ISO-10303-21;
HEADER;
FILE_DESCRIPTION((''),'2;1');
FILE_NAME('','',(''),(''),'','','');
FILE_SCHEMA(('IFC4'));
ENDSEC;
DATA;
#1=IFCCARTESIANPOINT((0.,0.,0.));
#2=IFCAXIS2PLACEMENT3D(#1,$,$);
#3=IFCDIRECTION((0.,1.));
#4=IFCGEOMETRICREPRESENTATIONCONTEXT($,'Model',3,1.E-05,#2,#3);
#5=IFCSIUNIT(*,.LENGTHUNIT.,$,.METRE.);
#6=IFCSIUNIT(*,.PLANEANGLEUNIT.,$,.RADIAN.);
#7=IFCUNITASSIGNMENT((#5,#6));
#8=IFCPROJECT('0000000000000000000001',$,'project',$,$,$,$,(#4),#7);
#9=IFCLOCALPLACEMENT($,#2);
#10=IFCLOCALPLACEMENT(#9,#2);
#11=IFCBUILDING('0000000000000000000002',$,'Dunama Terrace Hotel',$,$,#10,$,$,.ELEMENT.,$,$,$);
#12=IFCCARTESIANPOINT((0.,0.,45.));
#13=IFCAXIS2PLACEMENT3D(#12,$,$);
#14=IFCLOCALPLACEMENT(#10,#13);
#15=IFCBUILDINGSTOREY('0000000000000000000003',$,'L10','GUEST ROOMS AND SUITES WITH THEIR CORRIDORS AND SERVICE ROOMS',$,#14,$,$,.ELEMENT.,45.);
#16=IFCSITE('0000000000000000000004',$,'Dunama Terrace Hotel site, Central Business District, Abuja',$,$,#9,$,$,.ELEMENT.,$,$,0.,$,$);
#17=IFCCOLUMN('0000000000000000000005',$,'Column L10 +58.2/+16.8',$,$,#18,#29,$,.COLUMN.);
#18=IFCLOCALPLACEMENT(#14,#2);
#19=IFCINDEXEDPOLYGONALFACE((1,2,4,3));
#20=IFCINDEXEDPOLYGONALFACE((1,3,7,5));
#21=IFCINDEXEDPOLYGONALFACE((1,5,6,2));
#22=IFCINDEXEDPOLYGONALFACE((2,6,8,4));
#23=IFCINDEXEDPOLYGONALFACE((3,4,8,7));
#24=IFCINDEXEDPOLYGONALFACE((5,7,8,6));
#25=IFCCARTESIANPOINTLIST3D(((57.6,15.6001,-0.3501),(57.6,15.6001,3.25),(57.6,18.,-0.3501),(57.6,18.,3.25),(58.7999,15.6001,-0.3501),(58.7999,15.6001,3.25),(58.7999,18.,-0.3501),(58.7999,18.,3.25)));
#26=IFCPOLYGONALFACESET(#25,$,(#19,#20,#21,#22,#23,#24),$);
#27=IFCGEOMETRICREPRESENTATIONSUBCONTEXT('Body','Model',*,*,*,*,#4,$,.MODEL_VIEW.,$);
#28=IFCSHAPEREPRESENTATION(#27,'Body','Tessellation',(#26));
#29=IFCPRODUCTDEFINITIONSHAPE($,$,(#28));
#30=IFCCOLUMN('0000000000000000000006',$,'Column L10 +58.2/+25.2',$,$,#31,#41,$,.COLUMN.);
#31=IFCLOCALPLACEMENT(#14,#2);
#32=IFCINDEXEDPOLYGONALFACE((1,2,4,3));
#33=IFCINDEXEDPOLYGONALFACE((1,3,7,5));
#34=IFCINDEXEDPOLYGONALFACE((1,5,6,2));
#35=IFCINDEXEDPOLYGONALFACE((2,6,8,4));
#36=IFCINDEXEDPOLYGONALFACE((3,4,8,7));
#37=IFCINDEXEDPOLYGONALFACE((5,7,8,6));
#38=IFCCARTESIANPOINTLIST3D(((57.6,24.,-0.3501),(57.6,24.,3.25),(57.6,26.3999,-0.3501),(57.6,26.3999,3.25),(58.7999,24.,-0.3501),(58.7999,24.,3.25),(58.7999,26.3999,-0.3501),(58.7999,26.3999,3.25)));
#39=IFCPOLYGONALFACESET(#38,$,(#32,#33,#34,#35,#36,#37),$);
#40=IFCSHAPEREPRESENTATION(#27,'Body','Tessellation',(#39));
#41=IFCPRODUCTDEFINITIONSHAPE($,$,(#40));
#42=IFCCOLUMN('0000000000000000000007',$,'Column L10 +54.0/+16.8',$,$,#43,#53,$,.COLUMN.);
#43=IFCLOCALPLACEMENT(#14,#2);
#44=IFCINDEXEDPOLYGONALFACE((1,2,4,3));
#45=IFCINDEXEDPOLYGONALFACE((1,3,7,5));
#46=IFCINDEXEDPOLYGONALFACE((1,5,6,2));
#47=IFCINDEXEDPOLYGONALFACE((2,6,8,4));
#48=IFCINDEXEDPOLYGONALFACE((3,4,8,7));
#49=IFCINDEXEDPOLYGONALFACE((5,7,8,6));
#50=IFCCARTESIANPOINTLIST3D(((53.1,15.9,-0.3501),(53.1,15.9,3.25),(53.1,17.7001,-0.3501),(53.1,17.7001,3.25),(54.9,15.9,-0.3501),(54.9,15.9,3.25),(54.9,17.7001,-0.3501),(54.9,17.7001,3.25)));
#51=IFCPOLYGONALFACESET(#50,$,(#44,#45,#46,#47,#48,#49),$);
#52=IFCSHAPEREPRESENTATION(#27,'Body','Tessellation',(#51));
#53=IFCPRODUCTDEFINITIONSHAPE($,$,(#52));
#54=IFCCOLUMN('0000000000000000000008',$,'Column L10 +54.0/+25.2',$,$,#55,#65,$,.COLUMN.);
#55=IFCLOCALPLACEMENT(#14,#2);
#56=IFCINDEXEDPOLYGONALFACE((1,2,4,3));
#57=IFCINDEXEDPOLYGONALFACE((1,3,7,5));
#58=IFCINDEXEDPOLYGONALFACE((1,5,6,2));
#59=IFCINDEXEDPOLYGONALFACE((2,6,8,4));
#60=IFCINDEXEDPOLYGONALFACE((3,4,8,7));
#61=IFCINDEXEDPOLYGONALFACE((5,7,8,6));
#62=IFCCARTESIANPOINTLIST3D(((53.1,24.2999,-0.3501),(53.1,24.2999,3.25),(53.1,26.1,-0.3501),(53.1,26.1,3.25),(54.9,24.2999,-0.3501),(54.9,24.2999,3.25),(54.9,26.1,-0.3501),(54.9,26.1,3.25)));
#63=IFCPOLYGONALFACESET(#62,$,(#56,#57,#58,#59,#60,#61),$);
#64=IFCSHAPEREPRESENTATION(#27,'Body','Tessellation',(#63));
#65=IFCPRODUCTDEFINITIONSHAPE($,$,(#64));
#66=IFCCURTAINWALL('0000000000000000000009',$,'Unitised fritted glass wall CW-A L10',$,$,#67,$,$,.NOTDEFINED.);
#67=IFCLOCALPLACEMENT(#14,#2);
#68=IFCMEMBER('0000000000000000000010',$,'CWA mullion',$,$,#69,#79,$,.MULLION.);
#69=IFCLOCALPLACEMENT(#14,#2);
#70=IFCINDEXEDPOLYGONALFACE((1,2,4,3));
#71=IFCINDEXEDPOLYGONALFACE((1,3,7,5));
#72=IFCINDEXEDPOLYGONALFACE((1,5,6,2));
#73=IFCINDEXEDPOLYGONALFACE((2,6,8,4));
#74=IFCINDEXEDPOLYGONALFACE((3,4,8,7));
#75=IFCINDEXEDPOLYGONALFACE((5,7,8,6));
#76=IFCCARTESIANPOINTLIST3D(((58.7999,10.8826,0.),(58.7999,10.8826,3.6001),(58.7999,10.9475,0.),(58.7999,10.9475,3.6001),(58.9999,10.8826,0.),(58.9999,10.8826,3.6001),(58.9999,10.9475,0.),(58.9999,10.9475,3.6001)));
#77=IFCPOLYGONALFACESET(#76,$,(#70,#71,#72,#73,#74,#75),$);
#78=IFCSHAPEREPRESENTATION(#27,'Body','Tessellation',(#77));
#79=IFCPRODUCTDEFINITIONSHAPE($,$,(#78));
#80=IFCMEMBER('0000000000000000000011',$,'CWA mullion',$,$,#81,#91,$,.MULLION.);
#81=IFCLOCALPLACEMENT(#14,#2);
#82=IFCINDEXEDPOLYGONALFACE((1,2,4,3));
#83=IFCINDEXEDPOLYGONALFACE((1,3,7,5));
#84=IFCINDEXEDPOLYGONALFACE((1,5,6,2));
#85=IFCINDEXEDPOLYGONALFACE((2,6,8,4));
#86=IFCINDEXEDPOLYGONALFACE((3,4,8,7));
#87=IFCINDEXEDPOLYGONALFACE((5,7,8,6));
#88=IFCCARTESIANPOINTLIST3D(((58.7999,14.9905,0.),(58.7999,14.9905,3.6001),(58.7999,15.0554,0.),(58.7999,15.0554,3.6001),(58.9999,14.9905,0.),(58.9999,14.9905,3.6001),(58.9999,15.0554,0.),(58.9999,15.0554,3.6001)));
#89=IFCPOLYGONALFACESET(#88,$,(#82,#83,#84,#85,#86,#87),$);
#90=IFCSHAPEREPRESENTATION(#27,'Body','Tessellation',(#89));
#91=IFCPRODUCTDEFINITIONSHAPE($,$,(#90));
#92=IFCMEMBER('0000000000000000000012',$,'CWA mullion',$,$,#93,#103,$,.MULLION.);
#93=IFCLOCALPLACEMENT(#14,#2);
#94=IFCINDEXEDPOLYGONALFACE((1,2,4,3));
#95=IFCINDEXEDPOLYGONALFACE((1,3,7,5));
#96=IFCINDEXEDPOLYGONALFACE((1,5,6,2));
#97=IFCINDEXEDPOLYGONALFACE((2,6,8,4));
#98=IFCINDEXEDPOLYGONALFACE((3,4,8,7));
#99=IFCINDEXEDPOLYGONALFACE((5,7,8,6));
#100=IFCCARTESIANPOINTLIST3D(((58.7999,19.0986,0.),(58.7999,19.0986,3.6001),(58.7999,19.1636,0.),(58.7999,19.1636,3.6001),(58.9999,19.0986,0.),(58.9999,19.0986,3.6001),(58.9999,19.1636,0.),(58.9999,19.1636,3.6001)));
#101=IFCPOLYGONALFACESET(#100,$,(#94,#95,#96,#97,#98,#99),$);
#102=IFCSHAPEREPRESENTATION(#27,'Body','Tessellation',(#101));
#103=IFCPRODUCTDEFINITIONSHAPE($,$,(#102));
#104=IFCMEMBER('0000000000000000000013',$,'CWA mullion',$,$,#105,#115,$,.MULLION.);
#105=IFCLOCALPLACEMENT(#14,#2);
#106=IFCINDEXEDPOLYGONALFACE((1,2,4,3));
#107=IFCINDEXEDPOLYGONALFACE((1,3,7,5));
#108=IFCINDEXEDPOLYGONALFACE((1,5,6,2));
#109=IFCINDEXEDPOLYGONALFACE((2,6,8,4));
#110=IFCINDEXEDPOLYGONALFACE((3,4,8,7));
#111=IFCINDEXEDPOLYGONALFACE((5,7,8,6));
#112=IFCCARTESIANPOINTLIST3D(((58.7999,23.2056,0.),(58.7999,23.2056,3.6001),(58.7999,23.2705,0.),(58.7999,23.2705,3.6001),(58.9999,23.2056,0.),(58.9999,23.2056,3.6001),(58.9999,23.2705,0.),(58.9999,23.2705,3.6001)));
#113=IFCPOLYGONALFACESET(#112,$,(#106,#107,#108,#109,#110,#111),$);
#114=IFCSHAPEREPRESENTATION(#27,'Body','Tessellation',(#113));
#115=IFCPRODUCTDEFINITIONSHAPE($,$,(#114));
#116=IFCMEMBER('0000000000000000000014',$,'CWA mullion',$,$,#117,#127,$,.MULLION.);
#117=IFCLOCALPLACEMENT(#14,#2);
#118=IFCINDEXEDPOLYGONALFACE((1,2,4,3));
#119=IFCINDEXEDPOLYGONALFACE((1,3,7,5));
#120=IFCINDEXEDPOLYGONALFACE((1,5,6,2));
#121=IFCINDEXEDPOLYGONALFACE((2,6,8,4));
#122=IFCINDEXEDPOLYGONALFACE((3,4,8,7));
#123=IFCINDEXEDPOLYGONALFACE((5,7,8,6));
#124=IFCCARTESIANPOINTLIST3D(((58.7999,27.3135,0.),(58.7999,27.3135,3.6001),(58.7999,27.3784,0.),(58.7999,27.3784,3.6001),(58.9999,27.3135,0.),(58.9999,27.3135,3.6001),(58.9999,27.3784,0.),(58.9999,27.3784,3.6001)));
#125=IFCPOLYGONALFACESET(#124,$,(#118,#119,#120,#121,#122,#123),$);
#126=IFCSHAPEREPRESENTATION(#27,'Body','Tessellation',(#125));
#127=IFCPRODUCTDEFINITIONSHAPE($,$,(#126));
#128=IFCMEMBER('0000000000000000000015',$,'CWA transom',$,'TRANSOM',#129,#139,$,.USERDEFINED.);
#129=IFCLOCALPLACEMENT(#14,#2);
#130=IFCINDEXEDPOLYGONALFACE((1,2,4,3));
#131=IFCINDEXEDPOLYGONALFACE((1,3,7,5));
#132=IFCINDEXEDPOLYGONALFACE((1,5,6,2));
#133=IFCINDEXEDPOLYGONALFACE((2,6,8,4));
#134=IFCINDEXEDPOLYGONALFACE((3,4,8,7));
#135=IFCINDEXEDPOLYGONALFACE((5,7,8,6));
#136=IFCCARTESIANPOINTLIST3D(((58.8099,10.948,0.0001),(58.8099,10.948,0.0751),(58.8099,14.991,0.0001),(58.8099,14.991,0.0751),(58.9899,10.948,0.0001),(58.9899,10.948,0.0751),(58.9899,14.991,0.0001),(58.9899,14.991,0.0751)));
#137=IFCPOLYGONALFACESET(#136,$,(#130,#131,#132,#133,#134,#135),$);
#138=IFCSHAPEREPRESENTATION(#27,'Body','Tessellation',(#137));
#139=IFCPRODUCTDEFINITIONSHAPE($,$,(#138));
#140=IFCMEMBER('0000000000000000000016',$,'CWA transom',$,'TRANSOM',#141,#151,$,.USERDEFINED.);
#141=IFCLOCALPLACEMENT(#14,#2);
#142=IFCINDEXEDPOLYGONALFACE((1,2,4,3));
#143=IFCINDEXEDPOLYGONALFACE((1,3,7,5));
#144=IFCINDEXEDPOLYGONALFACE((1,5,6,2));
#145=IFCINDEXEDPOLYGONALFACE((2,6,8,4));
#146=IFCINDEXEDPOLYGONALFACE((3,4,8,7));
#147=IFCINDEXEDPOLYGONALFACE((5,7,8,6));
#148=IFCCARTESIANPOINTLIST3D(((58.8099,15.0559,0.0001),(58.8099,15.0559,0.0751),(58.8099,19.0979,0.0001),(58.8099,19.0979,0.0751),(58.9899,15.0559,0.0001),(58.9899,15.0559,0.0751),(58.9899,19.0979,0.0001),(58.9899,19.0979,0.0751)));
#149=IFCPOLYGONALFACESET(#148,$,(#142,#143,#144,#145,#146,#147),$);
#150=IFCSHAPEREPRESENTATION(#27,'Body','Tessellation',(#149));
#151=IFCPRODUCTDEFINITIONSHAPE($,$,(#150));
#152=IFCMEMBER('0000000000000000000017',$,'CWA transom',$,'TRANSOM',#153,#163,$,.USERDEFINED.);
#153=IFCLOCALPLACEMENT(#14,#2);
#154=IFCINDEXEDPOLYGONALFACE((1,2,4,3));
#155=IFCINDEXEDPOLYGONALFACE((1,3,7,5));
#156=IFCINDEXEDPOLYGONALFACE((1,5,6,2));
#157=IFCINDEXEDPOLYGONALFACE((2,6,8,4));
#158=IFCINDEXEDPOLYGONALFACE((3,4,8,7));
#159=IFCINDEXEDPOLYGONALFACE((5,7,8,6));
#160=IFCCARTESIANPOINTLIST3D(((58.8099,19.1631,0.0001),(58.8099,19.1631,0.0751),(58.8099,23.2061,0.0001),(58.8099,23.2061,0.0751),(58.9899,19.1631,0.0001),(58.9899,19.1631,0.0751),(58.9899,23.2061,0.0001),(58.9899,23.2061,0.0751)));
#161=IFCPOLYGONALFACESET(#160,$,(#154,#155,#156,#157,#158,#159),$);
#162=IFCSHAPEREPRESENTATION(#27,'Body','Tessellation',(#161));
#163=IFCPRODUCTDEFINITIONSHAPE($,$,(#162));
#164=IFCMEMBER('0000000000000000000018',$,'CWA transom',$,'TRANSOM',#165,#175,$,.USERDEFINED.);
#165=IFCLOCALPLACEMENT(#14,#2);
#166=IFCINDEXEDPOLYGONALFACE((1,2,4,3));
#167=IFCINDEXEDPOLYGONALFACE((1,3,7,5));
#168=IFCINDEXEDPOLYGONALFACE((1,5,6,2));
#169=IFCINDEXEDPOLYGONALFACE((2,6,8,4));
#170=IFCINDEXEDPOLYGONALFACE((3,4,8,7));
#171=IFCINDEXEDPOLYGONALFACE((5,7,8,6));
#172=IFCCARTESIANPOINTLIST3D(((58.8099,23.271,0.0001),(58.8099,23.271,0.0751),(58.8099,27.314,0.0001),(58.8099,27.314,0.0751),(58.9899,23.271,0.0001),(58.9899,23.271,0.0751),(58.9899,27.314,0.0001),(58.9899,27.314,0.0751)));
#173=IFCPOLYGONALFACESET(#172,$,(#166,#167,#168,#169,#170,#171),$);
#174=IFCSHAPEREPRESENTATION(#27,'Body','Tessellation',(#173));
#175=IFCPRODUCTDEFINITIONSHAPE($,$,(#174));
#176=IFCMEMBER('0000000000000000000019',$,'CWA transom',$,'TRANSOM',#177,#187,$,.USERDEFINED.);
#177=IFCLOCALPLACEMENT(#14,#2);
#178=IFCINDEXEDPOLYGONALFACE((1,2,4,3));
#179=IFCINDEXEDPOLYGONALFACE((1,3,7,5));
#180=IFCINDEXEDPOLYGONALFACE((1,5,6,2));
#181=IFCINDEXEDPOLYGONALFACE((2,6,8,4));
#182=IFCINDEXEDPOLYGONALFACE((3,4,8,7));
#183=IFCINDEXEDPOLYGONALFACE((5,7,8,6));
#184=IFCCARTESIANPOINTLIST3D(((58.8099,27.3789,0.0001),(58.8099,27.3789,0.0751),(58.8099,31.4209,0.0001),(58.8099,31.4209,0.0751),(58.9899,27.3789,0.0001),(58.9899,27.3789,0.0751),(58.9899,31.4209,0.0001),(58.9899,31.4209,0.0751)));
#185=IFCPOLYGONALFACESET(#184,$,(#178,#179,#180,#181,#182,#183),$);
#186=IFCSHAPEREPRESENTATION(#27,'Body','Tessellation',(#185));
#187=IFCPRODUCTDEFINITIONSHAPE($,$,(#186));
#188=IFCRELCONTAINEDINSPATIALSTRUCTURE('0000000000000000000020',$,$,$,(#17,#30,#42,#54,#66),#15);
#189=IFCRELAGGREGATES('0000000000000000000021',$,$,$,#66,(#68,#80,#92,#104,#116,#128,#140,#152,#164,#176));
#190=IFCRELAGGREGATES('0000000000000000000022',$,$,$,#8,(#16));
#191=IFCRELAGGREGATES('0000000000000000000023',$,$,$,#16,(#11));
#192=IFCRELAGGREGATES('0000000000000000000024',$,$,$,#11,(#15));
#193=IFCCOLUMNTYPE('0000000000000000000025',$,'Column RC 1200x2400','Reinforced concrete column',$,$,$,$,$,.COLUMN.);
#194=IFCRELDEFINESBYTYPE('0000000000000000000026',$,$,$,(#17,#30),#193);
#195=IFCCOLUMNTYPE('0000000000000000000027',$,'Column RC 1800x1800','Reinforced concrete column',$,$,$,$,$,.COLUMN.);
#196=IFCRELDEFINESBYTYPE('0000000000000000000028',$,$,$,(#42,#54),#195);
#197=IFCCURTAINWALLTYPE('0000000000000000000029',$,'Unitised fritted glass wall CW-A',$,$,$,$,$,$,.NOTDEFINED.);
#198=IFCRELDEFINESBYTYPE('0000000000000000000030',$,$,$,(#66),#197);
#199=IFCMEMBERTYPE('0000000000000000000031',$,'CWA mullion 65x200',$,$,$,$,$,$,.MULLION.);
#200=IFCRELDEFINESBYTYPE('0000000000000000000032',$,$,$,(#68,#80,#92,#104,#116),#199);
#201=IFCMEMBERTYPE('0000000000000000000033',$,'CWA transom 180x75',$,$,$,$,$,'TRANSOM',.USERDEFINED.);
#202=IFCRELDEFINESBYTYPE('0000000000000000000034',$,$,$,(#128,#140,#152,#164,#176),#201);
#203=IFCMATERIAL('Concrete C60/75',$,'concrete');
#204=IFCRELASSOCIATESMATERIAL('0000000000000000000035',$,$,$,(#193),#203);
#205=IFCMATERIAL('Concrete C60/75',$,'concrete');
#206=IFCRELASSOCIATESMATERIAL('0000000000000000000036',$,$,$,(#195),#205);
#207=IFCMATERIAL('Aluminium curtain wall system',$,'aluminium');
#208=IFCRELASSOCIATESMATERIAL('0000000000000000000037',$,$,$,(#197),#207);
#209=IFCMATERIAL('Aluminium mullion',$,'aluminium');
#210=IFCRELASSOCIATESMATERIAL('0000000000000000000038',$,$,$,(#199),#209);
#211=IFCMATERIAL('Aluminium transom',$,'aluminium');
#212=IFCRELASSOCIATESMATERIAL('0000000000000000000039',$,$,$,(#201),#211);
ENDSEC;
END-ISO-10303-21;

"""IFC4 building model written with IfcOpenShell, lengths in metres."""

from ifc_helpers import new_model, si_unit, direction, frame, origin, origin_2d, place, context, subcontext, project, spatial, rectangle, extrude, material, material_profile, profile_set, type_object, element, aggregate, save


model = new_model("IFC4")

# Units and contexts
model_context = context("Model", 3, precision=1e-05, world=origin(), true_north=direction((0.0, 1.0)))
body_context = subcontext(model_context, "Body", "Model", "MODEL_VIEW")
ifc_project = project(units=[si_unit("LENGTHUNIT", "METRE"), si_unit("PLANEANGLEUNIT", "RADIAN")], contexts=[model_context])

# Site, building, storey
site_placement = place(None, origin())
site = spatial("IfcSite", under=ifc_project, at=site_placement, Name="Dunama Terrace Hotel site, Central Business District, Abuja", CompositionType="ELEMENT", RefElevation=0.0)
building_placement = place(site_placement, origin())
building = spatial("IfcBuilding", under=site, at=building_placement, Name="Dunama Terrace Hotel", CompositionType="ELEMENT")
storey_placement = place(building_placement, frame((0.0, 0.0, 45.0)))
storey = spatial("IfcBuildingStorey", under=building, at=storey_placement, Name="L10", Description="GUEST ROOMS AND SUITES WITH THEIR CORRIDORS AND SERVICE ROOMS", CompositionType="ELEMENT", Elevation=45.0)

# Columns
ifc_material_1 = material(Name="Concrete C60/75", Category="concrete")
ifc_material_profile_1 = material_profile(ifc_material_1, rectangle(XDim=1.2, YDim=2.3999, at=origin_2d()), Name="RC 1200x2400")
ifc_profile_set_1 = profile_set([ifc_material_profile_1], Name="Concrete C60/75")
column_type_1 = type_object("IfcColumnType", Name="Column RC 1200x2400", Description="Reinforced concrete column", PredefinedType="COLUMN", material=ifc_profile_set_1)
for number, where, z_axis, x_axis, name in (
    (1, (58.2, 16.8, -0.3501), (0.0, 0.0, 1.0), (1.0, 0.0, 0.0), "Column L10 +58.2/+16.8"),
    (2, (58.2, 25.2, -0.3501), (0.0, 0.0, 1.0), (1.0, 0.0, 0.0), "Column L10 +58.2/+25.2"),
):
    element("IfcColumn", number, at=place(storey_placement, frame(where, z_axis=z_axis, x_axis=x_axis)), inside=storey, type_object=column_type_1, Name=name, PredefinedType="COLUMN", context=body_context, shape_type="SweptSolid", body=[
        extrude(rectangle(XDim=1.2, YDim=2.3999, at=origin_2d()), origin(), (0.0, 0.0, 1.0), 3.6001),
    ])
ifc_material_2 = material(Name="Concrete C60/75", Category="concrete")
ifc_material_profile_2 = material_profile(ifc_material_2, rectangle(XDim=1.8, YDim=1.8, at=origin_2d()), Name="RC 1800x1800")
ifc_profile_set_2 = profile_set([ifc_material_profile_2], Name="Concrete C60/75")
column_type_2 = type_object("IfcColumnType", Name="Column RC 1800x1800", Description="Reinforced concrete column", PredefinedType="COLUMN", material=ifc_profile_set_2)
for number, where, z_axis, x_axis, name in (
    (3, (54.0, 16.8, -0.3501), (0.0, 0.0, 1.0), (1.0, 0.0, 0.0), "Column L10 +54.0/+16.8"),
    (4, (54.0, 25.2, -0.3501), (0.0, 0.0, 1.0), (1.0, 0.0, 0.0), "Column L10 +54.0/+25.2"),
):
    element("IfcColumn", number, at=place(storey_placement, frame(where, z_axis=z_axis, x_axis=x_axis)), inside=storey, type_object=column_type_2, Name=name, PredefinedType="COLUMN", context=body_context, shape_type="SweptSolid", body=[
        extrude(rectangle(XDim=1.8, YDim=1.8, at=origin_2d()), origin(), (0.0, 0.0, 1.0), 3.6001),
    ])

# Curtain wall, members
ifc_material_3 = material(Name="Aluminium curtain wall system", Category="aluminium")
curtain_wall_type = type_object("IfcCurtainWallType", Name="Unitised fritted glass wall CW-A", PredefinedType="NOTDEFINED", material=ifc_material_3)
curtain_wall_placement = place(storey_placement, origin())
curtain_wall = element("IfcCurtainWall", 5, at=curtain_wall_placement, inside=storey, type_object=curtain_wall_type, Name="Unitised fritted glass wall CW-A L10", PredefinedType="NOTDEFINED")
ifc_material_4 = material(Name="Aluminium mullion", Category="aluminium")
ifc_material_profile_3 = material_profile(ifc_material_4, rectangle(XDim=0.0649, YDim=0.2, at=origin_2d()), Name="CWA MULLION 65X200")
ifc_profile_set_3 = profile_set([ifc_material_profile_3], Name="Aluminium mullion")
member_type_1 = type_object("IfcMemberType", Name="CWA mullion 65x200", PredefinedType="MULLION", material=ifc_profile_set_3)
member_1_placement = place(storey_placement, frame((58.8999, 10.915, 0.0), z_axis=(0.0, 0.0, 1.0), x_axis=(0.0, 1.0, 0.0)))
member_1 = element("IfcMember", 6, at=member_1_placement, type_object=member_type_1, Name="CWA mullion", PredefinedType="MULLION", context=body_context, shape_type="SweptSolid", body=[
    extrude(rectangle(XDim=0.0649, YDim=0.2, at=origin_2d()), origin(), (0.0, 0.0, 1.0), 3.6001),
])
member_2_placement = place(storey_placement, frame((58.8999, 15.0229, 0.0), z_axis=(0.0, 0.0, 1.0), x_axis=(0.0, 1.0, 0.0)))
member_2 = element("IfcMember", 7, at=member_2_placement, type_object=member_type_1, Name="CWA mullion", PredefinedType="MULLION", context=body_context, shape_type="SweptSolid", body=[
    extrude(rectangle(XDim=0.0649, YDim=0.2, at=origin_2d()), origin(), (0.0, 0.0, 1.0), 3.6001),
])
member_3_placement = place(storey_placement, frame((58.8999, 19.1311, 0.0), z_axis=(0.0, 0.0, 1.0), x_axis=(0.0, 1.0, 0.0)))
member_3 = element("IfcMember", 8, at=member_3_placement, type_object=member_type_1, Name="CWA mullion", PredefinedType="MULLION", context=body_context, shape_type="SweptSolid", body=[
    extrude(rectangle(XDim=0.0649, YDim=0.2, at=origin_2d()), origin(), (0.0, 0.0, 1.0), 3.6001),
])
member_4_placement = place(storey_placement, frame((58.8999, 23.238, 0.0), z_axis=(0.0, 0.0, 1.0), x_axis=(0.0, 1.0, 0.0)))
member_4 = element("IfcMember", 9, at=member_4_placement, type_object=member_type_1, Name="CWA mullion", PredefinedType="MULLION", context=body_context, shape_type="SweptSolid", body=[
    extrude(rectangle(XDim=0.0649, YDim=0.2, at=origin_2d()), origin(), (0.0, 0.0, 1.0), 3.6001),
])
member_5_placement = place(storey_placement, frame((58.8999, 27.3459, 0.0), z_axis=(0.0, 0.0, 1.0), x_axis=(0.0, 1.0, 0.0)))
member_5 = element("IfcMember", 10, at=member_5_placement, type_object=member_type_1, Name="CWA mullion", PredefinedType="MULLION", context=body_context, shape_type="SweptSolid", body=[
    extrude(rectangle(XDim=0.0649, YDim=0.2, at=origin_2d()), origin(), (0.0, 0.0, 1.0), 3.6001),
])
ifc_material_5 = material(Name="Aluminium transom", Category="aluminium")
ifc_material_profile_4 = material_profile(ifc_material_5, rectangle(XDim=0.1799, YDim=0.075, at=origin_2d()), Name="CWA TRANSOM 180X75")
ifc_profile_set_4 = profile_set([ifc_material_profile_4], Name="Aluminium transom")
member_type_2 = type_object("IfcMemberType", Name="CWA transom 180x75", ElementType="TRANSOM", PredefinedType="USERDEFINED", material=ifc_profile_set_4)
member_6_placement = place(storey_placement, frame((58.8999, 10.948, 0.0376), z_axis=(0.0, 1.0, 0.0), x_axis=(-1.0, 0.0, 0.0)))
member_6 = element("IfcMember", 11, at=member_6_placement, type_object=member_type_2, Name="CWA transom", ObjectType="TRANSOM", PredefinedType="USERDEFINED", context=body_context, shape_type="SweptSolid", body=[
    extrude(rectangle(XDim=0.1799, YDim=0.075, at=origin_2d()), origin(), (0.0, 0.0, 1.0), 4.043),
])
member_7_placement = place(storey_placement, frame((58.8999, 15.0559, 0.0376), z_axis=(0.0, 1.0, 0.0), x_axis=(-1.0, 0.0, 0.0)))
member_7 = element("IfcMember", 12, at=member_7_placement, type_object=member_type_2, Name="CWA transom", ObjectType="TRANSOM", PredefinedType="USERDEFINED", context=body_context, shape_type="SweptSolid", body=[
    extrude(rectangle(XDim=0.1799, YDim=0.075, at=origin_2d()), origin(), (0.0, 0.0, 1.0), 4.042),
])
member_8_placement = place(storey_placement, frame((58.8999, 19.1631, 0.0376), z_axis=(0.0, 1.0, 0.0), x_axis=(-1.0, 0.0, 0.0)))
member_8 = element("IfcMember", 13, at=member_8_placement, type_object=member_type_2, Name="CWA transom", ObjectType="TRANSOM", PredefinedType="USERDEFINED", context=body_context, shape_type="SweptSolid", body=[
    extrude(rectangle(XDim=0.1799, YDim=0.075, at=origin_2d()), origin(), (0.0, 0.0, 1.0), 4.043),
])
member_9_placement = place(storey_placement, frame((58.8999, 23.271, 0.0376), z_axis=(0.0, 1.0, 0.0), x_axis=(-1.0, 0.0, 0.0)))
member_9 = element("IfcMember", 14, at=member_9_placement, type_object=member_type_2, Name="CWA transom", ObjectType="TRANSOM", PredefinedType="USERDEFINED", context=body_context, shape_type="SweptSolid", body=[
    extrude(rectangle(XDim=0.1799, YDim=0.075, at=origin_2d()), origin(), (0.0, 0.0, 1.0), 4.043),
])
member_10_placement = place(storey_placement, frame((58.8999, 27.3789, 0.0376), z_axis=(0.0, 1.0, 0.0), x_axis=(-1.0, 0.0, 0.0)))
member_10 = element("IfcMember", 15, at=member_10_placement, type_object=member_type_2, Name="CWA transom", ObjectType="TRANSOM", PredefinedType="USERDEFINED", context=body_context, shape_type="SweptSolid", body=[
    extrude(rectangle(XDim=0.1799, YDim=0.075, at=origin_2d()), origin(), (0.0, 0.0, 1.0), 4.042),
])

aggregate(curtain_wall, [member_1, member_2, member_3, member_4, member_5, member_6, member_7, member_8, member_9, member_10])

save(model, "model.ifc")
